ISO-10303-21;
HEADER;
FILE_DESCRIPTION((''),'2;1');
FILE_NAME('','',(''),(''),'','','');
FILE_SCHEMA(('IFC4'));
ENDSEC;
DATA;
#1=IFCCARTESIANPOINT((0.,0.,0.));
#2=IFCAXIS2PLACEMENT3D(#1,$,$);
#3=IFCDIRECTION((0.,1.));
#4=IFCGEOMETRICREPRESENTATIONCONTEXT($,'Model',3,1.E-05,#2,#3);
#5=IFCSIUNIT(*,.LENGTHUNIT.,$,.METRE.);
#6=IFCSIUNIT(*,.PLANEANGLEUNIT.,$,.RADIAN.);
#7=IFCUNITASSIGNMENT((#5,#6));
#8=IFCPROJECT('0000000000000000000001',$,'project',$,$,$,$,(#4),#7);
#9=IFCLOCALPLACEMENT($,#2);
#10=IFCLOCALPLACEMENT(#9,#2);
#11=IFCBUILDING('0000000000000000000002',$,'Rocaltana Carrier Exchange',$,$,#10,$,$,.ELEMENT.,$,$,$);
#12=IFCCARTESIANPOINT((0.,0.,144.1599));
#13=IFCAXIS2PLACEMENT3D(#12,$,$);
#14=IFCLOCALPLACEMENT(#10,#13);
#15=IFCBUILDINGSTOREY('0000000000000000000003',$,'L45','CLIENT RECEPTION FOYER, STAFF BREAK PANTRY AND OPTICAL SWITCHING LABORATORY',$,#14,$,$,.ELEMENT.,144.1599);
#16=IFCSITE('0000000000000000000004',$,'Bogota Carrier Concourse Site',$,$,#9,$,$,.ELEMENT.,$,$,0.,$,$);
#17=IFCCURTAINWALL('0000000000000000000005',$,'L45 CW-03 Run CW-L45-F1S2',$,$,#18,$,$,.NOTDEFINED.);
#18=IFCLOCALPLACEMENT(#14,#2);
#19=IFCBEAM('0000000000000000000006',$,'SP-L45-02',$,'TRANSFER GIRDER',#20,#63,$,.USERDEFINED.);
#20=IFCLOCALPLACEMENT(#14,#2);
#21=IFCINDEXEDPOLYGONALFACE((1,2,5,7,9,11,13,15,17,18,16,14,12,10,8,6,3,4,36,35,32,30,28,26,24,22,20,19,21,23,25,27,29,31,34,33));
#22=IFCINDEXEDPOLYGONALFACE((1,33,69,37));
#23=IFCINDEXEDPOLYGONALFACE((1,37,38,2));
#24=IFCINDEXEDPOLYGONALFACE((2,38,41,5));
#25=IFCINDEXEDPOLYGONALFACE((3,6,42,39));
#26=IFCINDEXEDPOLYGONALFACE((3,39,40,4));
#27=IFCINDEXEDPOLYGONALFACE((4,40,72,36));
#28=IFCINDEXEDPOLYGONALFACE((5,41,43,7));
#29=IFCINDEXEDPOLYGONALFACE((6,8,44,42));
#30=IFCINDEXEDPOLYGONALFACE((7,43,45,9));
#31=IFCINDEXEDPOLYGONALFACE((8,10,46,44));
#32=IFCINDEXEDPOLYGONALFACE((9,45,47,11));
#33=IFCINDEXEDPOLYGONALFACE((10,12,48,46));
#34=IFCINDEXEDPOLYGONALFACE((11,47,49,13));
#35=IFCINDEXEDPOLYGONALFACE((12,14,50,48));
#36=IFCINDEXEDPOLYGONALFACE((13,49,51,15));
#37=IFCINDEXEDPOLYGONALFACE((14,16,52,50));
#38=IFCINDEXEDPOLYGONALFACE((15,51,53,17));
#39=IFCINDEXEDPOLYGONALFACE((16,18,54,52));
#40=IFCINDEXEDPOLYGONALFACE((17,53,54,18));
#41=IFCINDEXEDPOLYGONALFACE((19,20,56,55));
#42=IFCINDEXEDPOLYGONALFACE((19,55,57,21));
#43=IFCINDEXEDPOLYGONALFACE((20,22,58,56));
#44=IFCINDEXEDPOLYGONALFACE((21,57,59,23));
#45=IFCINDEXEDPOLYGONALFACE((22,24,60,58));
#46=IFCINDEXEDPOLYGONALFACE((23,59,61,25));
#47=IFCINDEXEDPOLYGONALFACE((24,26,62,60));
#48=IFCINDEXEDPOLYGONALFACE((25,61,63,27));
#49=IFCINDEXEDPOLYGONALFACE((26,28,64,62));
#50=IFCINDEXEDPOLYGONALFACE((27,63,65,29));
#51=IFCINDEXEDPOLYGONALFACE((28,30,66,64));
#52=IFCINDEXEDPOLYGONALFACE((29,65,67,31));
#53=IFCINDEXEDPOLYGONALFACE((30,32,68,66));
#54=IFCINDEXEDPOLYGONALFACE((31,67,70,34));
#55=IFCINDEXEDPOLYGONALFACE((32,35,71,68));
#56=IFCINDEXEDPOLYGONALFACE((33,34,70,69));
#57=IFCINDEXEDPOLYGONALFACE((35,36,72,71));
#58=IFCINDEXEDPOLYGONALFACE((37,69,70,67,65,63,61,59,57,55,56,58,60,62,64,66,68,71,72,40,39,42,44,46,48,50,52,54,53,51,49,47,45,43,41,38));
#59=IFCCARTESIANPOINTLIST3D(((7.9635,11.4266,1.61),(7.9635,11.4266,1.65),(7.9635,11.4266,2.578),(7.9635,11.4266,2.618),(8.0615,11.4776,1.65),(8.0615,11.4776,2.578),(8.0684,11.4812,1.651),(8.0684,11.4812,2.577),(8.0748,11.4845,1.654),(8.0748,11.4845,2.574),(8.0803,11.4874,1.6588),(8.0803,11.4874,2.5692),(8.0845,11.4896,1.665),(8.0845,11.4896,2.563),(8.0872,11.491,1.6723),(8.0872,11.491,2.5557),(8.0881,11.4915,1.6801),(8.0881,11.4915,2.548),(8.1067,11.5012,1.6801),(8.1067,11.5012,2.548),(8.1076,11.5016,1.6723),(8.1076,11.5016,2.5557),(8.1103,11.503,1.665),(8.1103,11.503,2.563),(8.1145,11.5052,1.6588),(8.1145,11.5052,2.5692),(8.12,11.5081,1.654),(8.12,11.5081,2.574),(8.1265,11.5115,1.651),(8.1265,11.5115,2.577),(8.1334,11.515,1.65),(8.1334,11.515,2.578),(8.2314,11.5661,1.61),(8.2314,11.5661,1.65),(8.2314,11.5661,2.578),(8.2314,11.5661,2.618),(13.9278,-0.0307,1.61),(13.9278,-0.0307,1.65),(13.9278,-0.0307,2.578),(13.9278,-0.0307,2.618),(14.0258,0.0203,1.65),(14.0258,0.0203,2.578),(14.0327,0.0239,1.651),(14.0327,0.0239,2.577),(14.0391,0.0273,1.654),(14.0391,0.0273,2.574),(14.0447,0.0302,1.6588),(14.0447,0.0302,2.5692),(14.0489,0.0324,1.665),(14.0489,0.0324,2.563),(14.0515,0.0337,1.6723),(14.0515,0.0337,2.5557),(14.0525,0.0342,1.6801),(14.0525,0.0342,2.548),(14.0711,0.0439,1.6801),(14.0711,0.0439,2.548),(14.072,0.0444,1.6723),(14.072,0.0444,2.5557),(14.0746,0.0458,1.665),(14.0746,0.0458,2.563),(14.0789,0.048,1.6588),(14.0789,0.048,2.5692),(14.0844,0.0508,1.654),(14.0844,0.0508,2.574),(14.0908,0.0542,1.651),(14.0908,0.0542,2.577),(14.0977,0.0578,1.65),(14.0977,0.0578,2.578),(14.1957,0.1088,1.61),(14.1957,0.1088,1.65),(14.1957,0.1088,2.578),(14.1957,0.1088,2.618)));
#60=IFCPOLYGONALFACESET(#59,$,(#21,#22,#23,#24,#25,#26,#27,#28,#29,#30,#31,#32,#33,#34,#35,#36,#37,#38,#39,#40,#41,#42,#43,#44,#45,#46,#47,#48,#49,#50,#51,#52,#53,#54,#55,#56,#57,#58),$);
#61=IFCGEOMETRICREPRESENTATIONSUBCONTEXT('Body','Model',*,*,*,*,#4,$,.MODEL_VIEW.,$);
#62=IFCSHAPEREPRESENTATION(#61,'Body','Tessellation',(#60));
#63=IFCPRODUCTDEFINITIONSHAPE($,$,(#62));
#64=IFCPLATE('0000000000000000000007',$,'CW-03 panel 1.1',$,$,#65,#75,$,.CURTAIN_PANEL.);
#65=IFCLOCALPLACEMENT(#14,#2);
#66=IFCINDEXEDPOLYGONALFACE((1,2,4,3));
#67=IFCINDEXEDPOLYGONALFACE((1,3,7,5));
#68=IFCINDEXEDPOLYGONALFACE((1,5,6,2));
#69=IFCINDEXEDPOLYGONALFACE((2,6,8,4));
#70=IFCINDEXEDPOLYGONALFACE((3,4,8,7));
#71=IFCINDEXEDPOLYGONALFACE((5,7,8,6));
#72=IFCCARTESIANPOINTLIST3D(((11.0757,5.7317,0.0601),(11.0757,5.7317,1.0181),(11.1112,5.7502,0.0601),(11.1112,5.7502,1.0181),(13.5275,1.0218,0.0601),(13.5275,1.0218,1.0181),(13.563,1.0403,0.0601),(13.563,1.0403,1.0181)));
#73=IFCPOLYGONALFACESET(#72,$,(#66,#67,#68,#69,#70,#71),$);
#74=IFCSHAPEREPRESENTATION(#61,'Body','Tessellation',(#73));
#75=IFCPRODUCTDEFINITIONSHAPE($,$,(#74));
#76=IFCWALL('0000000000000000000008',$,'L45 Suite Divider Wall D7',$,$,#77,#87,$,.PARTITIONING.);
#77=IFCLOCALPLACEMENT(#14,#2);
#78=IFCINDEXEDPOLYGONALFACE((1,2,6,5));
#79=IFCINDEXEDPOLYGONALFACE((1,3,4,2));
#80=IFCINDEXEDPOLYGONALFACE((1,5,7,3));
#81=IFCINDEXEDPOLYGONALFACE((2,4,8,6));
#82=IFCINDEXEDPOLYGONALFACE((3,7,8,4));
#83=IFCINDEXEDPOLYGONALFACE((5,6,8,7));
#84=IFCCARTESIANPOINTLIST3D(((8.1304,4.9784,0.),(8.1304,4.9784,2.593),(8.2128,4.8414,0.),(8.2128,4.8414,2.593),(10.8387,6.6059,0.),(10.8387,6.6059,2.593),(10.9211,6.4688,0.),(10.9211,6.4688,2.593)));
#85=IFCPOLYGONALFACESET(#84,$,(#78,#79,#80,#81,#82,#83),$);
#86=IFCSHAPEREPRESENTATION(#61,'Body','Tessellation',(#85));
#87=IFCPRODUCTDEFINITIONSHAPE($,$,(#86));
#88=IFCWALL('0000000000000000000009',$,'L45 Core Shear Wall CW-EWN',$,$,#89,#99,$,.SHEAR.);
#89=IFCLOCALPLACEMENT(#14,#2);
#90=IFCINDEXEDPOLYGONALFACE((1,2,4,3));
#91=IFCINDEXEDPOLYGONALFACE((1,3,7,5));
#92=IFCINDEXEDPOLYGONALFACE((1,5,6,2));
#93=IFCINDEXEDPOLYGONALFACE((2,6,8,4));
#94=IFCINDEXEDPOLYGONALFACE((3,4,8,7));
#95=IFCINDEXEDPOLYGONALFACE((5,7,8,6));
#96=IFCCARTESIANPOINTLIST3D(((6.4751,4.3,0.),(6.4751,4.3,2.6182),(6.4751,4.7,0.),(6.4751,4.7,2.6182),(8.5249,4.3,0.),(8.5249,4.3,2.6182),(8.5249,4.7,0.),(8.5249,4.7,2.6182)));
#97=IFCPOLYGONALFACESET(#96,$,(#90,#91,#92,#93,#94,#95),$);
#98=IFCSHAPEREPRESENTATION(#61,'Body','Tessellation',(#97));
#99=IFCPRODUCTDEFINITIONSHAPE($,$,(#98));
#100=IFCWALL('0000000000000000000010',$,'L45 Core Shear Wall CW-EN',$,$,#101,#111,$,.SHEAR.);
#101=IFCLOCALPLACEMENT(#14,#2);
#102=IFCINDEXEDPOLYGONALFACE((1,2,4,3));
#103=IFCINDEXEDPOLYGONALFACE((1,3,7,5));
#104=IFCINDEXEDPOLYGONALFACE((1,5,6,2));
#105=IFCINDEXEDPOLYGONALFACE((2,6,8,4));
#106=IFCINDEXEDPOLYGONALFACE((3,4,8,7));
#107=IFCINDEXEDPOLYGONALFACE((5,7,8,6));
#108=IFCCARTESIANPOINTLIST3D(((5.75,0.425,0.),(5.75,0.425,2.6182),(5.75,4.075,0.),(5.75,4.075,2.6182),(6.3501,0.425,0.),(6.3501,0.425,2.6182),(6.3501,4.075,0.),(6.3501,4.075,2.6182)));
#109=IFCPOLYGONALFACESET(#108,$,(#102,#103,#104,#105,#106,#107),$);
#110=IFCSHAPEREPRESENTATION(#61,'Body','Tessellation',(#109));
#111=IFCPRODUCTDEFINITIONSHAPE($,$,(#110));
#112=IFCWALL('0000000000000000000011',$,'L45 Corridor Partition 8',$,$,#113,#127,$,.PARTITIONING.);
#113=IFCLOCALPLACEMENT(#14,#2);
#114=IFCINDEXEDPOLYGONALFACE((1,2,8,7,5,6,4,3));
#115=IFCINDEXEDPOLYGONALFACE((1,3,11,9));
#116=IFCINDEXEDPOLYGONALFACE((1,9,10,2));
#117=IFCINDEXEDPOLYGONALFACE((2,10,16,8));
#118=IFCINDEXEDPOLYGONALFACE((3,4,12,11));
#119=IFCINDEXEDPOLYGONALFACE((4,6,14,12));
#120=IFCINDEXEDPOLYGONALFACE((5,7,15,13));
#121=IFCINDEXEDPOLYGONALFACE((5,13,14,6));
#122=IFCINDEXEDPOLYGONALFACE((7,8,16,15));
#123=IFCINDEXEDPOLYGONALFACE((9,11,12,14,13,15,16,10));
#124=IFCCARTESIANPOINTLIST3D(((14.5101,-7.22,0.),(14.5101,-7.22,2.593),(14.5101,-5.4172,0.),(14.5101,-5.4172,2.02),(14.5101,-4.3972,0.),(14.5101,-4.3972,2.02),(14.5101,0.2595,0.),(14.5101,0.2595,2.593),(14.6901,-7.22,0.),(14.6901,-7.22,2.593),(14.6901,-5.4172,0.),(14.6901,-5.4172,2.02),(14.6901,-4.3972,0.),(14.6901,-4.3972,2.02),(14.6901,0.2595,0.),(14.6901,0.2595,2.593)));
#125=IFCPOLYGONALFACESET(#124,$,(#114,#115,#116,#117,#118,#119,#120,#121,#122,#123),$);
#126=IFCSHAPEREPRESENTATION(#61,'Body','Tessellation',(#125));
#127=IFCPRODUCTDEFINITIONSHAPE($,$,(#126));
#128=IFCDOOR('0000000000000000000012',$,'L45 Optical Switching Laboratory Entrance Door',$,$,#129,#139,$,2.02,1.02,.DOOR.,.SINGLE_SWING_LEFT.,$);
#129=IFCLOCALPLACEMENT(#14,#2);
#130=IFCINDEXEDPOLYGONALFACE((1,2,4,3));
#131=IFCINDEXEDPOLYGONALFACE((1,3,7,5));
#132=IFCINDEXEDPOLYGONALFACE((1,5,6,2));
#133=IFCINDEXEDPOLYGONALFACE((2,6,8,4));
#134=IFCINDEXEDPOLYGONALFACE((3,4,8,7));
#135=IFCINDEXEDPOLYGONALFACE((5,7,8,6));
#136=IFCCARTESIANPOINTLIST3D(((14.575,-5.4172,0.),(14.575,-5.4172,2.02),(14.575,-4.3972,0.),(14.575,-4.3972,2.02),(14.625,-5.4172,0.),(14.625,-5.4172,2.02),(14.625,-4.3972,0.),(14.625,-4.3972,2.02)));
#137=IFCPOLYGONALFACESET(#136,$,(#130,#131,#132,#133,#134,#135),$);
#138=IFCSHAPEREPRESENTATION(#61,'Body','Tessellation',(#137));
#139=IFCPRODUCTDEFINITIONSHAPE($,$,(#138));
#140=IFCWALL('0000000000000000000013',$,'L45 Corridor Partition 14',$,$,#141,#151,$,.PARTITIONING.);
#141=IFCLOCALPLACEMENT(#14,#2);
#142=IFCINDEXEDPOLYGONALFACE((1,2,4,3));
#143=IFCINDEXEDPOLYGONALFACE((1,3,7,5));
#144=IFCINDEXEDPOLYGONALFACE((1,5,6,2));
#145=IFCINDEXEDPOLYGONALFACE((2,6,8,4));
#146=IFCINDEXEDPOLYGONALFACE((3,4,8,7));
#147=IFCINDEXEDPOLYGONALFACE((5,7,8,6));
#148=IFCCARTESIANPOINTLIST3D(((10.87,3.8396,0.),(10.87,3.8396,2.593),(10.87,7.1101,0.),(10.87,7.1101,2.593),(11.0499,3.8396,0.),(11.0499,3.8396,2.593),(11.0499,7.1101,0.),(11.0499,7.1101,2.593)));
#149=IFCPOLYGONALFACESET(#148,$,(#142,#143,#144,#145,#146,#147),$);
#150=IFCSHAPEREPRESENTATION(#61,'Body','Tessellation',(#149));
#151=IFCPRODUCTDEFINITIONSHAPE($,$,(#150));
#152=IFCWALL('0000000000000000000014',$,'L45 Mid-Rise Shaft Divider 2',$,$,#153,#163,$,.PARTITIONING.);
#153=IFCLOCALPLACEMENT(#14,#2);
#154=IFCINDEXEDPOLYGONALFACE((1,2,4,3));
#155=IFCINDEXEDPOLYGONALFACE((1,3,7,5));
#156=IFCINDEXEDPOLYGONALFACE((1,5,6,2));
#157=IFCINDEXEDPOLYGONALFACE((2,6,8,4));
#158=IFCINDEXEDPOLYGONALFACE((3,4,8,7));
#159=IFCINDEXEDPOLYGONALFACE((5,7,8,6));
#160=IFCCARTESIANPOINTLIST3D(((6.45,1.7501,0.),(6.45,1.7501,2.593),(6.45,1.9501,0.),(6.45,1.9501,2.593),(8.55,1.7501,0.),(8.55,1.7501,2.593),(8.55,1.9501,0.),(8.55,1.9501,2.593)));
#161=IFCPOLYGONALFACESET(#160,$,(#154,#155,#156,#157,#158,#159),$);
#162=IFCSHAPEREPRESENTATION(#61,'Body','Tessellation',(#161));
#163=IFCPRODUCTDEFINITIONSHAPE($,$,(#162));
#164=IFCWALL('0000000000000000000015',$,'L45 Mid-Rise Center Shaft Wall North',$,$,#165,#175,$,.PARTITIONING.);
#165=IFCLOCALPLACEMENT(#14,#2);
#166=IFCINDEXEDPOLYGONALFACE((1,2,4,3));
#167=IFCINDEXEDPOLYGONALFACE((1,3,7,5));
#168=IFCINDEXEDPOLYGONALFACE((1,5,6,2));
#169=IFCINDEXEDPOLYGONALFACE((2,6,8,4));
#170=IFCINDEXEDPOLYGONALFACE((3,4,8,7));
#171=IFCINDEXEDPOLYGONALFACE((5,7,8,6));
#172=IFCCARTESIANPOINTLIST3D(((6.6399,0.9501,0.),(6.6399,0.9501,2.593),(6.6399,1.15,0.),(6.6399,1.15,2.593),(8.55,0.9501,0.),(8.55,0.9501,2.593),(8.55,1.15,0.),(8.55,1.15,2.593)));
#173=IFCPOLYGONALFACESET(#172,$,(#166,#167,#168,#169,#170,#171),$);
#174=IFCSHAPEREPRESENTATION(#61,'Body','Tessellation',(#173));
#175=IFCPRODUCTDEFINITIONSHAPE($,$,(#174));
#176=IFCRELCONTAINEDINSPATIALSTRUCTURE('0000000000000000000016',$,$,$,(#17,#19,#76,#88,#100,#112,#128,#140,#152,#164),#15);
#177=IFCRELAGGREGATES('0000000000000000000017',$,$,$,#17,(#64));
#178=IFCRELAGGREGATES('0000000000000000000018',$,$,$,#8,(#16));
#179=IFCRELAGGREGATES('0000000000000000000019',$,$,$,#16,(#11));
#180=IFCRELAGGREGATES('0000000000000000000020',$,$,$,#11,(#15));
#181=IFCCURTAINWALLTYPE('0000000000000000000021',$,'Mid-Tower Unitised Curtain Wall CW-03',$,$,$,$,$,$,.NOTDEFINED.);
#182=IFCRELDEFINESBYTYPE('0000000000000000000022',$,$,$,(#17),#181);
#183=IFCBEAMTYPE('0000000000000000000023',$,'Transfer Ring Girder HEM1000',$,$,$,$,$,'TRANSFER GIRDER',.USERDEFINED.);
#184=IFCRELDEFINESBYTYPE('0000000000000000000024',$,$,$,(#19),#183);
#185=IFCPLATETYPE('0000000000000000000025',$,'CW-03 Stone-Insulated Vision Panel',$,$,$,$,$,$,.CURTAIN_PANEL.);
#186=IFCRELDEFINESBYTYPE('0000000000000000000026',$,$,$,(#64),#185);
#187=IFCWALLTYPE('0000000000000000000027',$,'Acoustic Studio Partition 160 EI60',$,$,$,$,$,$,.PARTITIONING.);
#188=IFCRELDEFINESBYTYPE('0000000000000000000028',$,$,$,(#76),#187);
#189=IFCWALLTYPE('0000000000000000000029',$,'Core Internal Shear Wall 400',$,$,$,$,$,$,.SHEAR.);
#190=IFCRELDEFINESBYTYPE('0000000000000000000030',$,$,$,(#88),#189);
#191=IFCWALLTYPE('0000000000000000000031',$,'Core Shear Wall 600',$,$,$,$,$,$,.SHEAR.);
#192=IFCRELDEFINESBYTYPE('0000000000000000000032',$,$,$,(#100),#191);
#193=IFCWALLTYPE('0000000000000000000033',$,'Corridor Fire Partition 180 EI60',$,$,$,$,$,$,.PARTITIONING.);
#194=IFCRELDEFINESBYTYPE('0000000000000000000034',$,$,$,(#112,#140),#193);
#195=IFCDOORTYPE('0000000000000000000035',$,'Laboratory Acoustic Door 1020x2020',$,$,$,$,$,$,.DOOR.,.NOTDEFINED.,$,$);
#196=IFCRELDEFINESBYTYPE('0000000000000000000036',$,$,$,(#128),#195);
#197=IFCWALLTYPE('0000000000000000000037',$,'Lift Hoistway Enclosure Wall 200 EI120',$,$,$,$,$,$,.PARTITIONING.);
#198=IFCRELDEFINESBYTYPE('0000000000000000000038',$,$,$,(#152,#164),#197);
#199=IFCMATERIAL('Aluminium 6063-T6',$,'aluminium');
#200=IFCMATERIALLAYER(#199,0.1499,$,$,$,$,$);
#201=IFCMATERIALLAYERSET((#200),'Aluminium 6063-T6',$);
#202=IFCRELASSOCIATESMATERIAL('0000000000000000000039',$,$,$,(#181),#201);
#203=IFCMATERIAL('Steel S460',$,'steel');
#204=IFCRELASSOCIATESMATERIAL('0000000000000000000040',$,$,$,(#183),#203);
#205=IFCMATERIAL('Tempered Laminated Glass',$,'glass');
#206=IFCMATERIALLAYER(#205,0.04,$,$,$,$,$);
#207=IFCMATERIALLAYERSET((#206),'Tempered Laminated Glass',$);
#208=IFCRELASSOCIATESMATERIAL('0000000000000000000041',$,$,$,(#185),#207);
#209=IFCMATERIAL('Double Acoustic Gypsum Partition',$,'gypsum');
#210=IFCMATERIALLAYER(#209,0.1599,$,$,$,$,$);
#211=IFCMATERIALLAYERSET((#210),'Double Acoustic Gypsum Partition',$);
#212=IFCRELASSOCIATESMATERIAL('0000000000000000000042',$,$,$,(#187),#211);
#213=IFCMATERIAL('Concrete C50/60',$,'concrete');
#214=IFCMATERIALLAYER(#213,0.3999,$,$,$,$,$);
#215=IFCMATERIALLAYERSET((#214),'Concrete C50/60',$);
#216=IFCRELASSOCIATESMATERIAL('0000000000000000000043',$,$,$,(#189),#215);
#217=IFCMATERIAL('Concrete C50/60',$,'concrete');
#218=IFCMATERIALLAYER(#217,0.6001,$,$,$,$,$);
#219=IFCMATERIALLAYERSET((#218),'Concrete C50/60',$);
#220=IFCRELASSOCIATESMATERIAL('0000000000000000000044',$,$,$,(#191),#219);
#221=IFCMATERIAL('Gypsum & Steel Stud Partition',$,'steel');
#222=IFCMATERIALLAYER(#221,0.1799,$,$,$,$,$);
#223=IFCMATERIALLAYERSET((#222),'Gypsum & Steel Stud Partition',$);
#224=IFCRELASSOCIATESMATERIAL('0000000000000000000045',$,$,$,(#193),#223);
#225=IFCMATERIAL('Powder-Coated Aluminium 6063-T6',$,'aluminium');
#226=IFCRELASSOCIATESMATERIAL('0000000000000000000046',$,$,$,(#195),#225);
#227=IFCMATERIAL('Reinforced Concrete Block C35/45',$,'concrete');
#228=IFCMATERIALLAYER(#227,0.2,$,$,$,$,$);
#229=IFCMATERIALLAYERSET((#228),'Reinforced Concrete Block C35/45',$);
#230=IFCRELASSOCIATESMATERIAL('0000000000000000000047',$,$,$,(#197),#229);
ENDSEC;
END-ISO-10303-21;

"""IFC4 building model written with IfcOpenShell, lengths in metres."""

from ifc_helpers import new_model, si_unit, direction, frame, frame_2d, origin, origin_2d, place, context, subcontext, project, spatial, rectangle, i_section, extrude, material, layer, layer_set, material_profile, profile_set, type_object, element, fill, aggregate, save


model = new_model("IFC4")

# Units and contexts
model_context = context("Model", 3, precision=1e-05, world=origin(), true_north=direction((0.0, 1.0)))
body_context = subcontext(model_context, "Body", "Model", "MODEL_VIEW")
ifc_project = project(units=[si_unit("LENGTHUNIT", "METRE"), si_unit("PLANEANGLEUNIT", "RADIAN")], contexts=[model_context])

# Site, building, storey
site_placement = place(None, origin())
site = spatial("IfcSite", under=ifc_project, at=site_placement, Name="Bogota Carrier Concourse Site", CompositionType="ELEMENT", RefElevation=0.0)
building_placement = place(site_placement, origin())
building = spatial("IfcBuilding", under=site, at=building_placement, Name="Rocaltana Carrier Exchange", CompositionType="ELEMENT")
storey_placement = place(building_placement, frame((0.0, 0.0, 144.1599)))
storey = spatial("IfcBuildingStorey", under=building, at=storey_placement, Name="L45", Description="CLIENT RECEPTION FOYER, STAFF BREAK PANTRY AND OPTICAL SWITCHING LABORATORY", CompositionType="ELEMENT", Elevation=144.1599)

# Curtain wall
ifc_material_1 = material(Name="Aluminium 6063-T6", Category="aluminium")
ifc_layer_1 = layer(ifc_material_1, 0.1499)
ifc_layer_set_1 = layer_set([ifc_layer_1], Name="Aluminium 6063-T6")
curtain_wall_type = type_object("IfcCurtainWallType", Name="Mid-Tower Unitised Curtain Wall CW-03", PredefinedType="NOTDEFINED", material=ifc_layer_set_1)
curtain_wall_placement = place(storey_placement, origin())
curtain_wall = element("IfcCurtainWall", 1, at=curtain_wall_placement, inside=storey, type_object=curtain_wall_type, Name="L45 CW-03 Run CW-L45-F1S2", PredefinedType="NOTDEFINED")

# Beam
ifc_material_2 = material(Name="Steel S460", Category="steel")
ifc_material_profile_1 = material_profile(ifc_material_2, i_section(OverallWidth=0.302, OverallDepth=1.0081, WebThickness=0.021, FlangeThickness=0.04, FilletRadius=0.03, at=origin_2d()), Name="HEM1000")
ifc_profile_set_1 = profile_set([ifc_material_profile_1], Name="Steel S460")
beam_type_1 = type_object("IfcBeamType", Name="Transfer Ring Girder HEM1000", ElementType="TRANSFER GIRDER", PredefinedType="USERDEFINED", material=ifc_profile_set_1)
beam_1_placement = place(storey_placement, frame((14.0618, 0.0391, 2.114), z_axis=(-0.461753, 0.887008, 0.0), x_axis=(-0.887008, -0.461753, 0.0)))
element("IfcBeam", 2, at=beam_1_placement, inside=storey, type_object=beam_type_1, Name="SP-L45-02", ObjectType="TRANSFER GIRDER", PredefinedType="USERDEFINED", context=body_context, shape_type="SweptSolid", body=[
    extrude(i_section(OverallWidth=0.302, OverallDepth=1.0081, WebThickness=0.021, FlangeThickness=0.04, FilletRadius=0.03, at=origin_2d()), origin(), (0.0, 0.0, 1.0), 12.9167),
])

# Plate
ifc_material_3 = material(Name="Tempered Laminated Glass", Category="glass")
ifc_layer_2 = layer(ifc_material_3, 0.04)
ifc_layer_set_2 = layer_set([ifc_layer_2], Name="Tempered Laminated Glass")
plate_type = type_object("IfcPlateType", Name="CW-03 Stone-Insulated Vision Panel", PredefinedType="CURTAIN_PANEL", material=ifc_layer_set_2)
plate_placement = place(storey_placement, frame((12.3193, 3.386, 0.0601), z_axis=(0.0, 0.0, 1.0), x_axis=(-0.461747, 0.887012, 0.0)))
plate = element("IfcPlate", 3, at=plate_placement, type_object=plate_type, Name="CW-03 panel 1.1", PredefinedType="CURTAIN_PANEL", context=body_context, shape_type="SweptSolid", body=[
    extrude(rectangle(XDim=5.3098, YDim=0.04, at=origin_2d()), origin(), (0.0, 0.0, 1.0), 0.958),
])
aggregate(curtain_wall, [plate])

# Walls
ifc_material_4 = material(Name="Double Acoustic Gypsum Partition", Category="gypsum")
ifc_layer_3 = layer(ifc_material_4, 0.1599)
ifc_layer_set_3 = layer_set([ifc_layer_3], Name="Double Acoustic Gypsum Partition")
wall_type_1 = type_object("IfcWallType", Name="Acoustic Studio Partition 160 EI60", PredefinedType="PARTITIONING", material=ifc_layer_set_3)
wall_1_placement = place(storey_placement, frame((8.1716, 4.9099, 0.0), z_axis=(0.0, 0.0, 1.0), x_axis=(0.857145, 0.515075, 0.0)))
element("IfcWall", 4, at=wall_1_placement, inside=storey, type_object=wall_type_1, Name="L45 Suite Divider Wall D7", PredefinedType="PARTITIONING", context=body_context, shape_type="SweptSolid", body=[
    extrude(rectangle(XDim=3.1597, YDim=0.1599, at=frame_2d((1.5798, 0.0))), origin(), (0.0, 0.0, 1.0), 2.593),
])
ifc_material_5 = material(Name="Concrete C50/60", Category="concrete")
ifc_layer_4 = layer(ifc_material_5, 0.3999)
ifc_layer_set_4 = layer_set([ifc_layer_4], Name="Concrete C50/60")
wall_type_2 = type_object("IfcWallType", Name="Core Internal Shear Wall 400", PredefinedType="SHEAR", material=ifc_layer_set_4)
wall_2_placement = place(storey_placement, frame((6.4751, 4.5, 0.0), z_axis=(0.0, 0.0, 1.0), x_axis=(1.0, 0.0, 0.0)))
element("IfcWall", 5, at=wall_2_placement, inside=storey, type_object=wall_type_2, Name="L45 Core Shear Wall CW-EWN", PredefinedType="SHEAR", context=body_context, shape_type="SweptSolid", body=[
    extrude(rectangle(XDim=2.0498, YDim=0.3999, at=frame_2d((1.0249, 0.0))), origin(), (0.0, 0.0, 1.0), 2.6182),
])
ifc_material_6 = material(Name="Concrete C50/60", Category="concrete")
ifc_layer_5 = layer(ifc_material_6, 0.6001)
ifc_layer_set_5 = layer_set([ifc_layer_5], Name="Concrete C50/60")
wall_type_3 = type_object("IfcWallType", Name="Core Shear Wall 600", PredefinedType="SHEAR", material=ifc_layer_set_5)
wall_3_placement = place(storey_placement, frame((6.05, 0.425, 0.0), z_axis=(0.0, 0.0, 1.0), x_axis=(0.0, 1.0, 0.0)))
element("IfcWall", 6, at=wall_3_placement, inside=storey, type_object=wall_type_3, Name="L45 Core Shear Wall CW-EN", PredefinedType="SHEAR", context=body_context, shape_type="SweptSolid", body=[
    extrude(rectangle(XDim=3.6499, YDim=0.6001, at=frame_2d((1.825, 0.0))), origin(), (0.0, 0.0, 1.0), 2.6182),
])

# Wall, opening, door
ifc_material_7 = material(Name="Gypsum & Steel Stud Partition", Category="steel")
ifc_layer_6 = layer(ifc_material_7, 0.1799)
ifc_layer_set_6 = layer_set([ifc_layer_6], Name="Gypsum & Steel Stud Partition")
wall_type_4 = type_object("IfcWallType", Name="Corridor Fire Partition 180 EI60", PredefinedType="PARTITIONING", material=ifc_layer_set_6)
wall_4_placement = place(storey_placement, frame((14.6001, 0.2595, 0.0), z_axis=(0.0, 0.0, 1.0), x_axis=(0.0, -1.0, 0.0)))
wall_4 = element("IfcWall", 7, at=wall_4_placement, inside=storey, type_object=wall_type_4, Name="L45 Corridor Partition 8", PredefinedType="PARTITIONING", context=body_context, shape_type="SweptSolid", body=[
    extrude(rectangle(XDim=7.4795, YDim=0.1799, at=frame_2d((3.7397, 0.0))), origin(), (0.0, 0.0, 1.0), 2.593),
])
opening_placement = place(wall_4_placement, frame((4.6567, 0.0, 0.0)))
opening = element("IfcOpeningElement", 8, at=opening_placement, cuts=wall_4, PredefinedType="OPENING", context=body_context, shape_type="SweptSolid", body=[
    extrude(rectangle(XDim=1.02, YDim=2.02, at=frame_2d((0.51, 1.01))), frame((0.0, 0.0999, 0.0), z_axis=(0.0, -1.0, 0.0), x_axis=(1.0, 0.0, 0.0)), (0.0, 0.0, 1.0), 0.2),
])
ifc_material_8 = material(Name="Powder-Coated Aluminium 6063-T6", Category="aluminium")
door_type = type_object("IfcDoorType", Name="Laboratory Acoustic Door 1020x2020", OperationType="NOTDEFINED", PredefinedType="DOOR", material=ifc_material_8)
door_placement = place(opening_placement, origin())
door = element("IfcDoor", 9, at=door_placement, inside=storey, type_object=door_type, Name="L45 Optical Switching Laboratory Entrance Door", OperationType="SINGLE_SWING_LEFT", OverallHeight=2.02, OverallWidth=1.02, PredefinedType="DOOR", context=body_context, shape_type="SweptSolid", body=[
    extrude(rectangle(XDim=1.02, YDim=2.02, at=frame_2d((0.51, 1.01))), frame((0.0, 0.0249, 0.0), z_axis=(0.0, -1.0, 0.0), x_axis=(1.0, 0.0, 0.0)), (0.0, 0.0, 1.0), 0.05),
])
fill(opening, door)

# Walls
wall_5_placement = place(storey_placement, frame((10.96, 3.8396, 0.0), z_axis=(0.0, 0.0, 1.0), x_axis=(0.0, 1.0, 0.0)))
element("IfcWall", 10, at=wall_5_placement, inside=storey, type_object=wall_type_4, Name="L45 Corridor Partition 14", PredefinedType="PARTITIONING", context=body_context, shape_type="SweptSolid", body=[
    extrude(rectangle(XDim=3.2705, YDim=0.1799, at=frame_2d((1.6353, 0.0))), origin(), (0.0, 0.0, 1.0), 2.593),
])
ifc_material_9 = material(Name="Reinforced Concrete Block C35/45", Category="concrete")
ifc_layer_7 = layer(ifc_material_9, 0.2)
ifc_layer_set_7 = layer_set([ifc_layer_7], Name="Reinforced Concrete Block C35/45")
wall_type_5 = type_object("IfcWallType", Name="Lift Hoistway Enclosure Wall 200 EI120", PredefinedType="PARTITIONING", material=ifc_layer_set_7)
wall_6_placement = place(storey_placement, frame((6.45, 1.8501, 0.0), z_axis=(0.0, 0.0, 1.0), x_axis=(1.0, 0.0, 0.0)))
element("IfcWall", 11, at=wall_6_placement, inside=storey, type_object=wall_type_5, Name="L45 Mid-Rise Shaft Divider 2", PredefinedType="PARTITIONING", context=body_context, shape_type="SweptSolid", body=[
    extrude(rectangle(XDim=2.1001, YDim=0.2, at=frame_2d((1.05, 0.0))), origin(), (0.0, 0.0, 1.0), 2.593),
])
wall_7_placement = place(storey_placement, frame((6.6399, 1.05, 0.0), z_axis=(0.0, 0.0, 1.0), x_axis=(1.0, 0.0, 0.0)))
element("IfcWall", 12, at=wall_7_placement, inside=storey, type_object=wall_type_5, Name="L45 Mid-Rise Center Shaft Wall North", PredefinedType="PARTITIONING", context=body_context, shape_type="SweptSolid", body=[
    extrude(rectangle(XDim=1.9102, YDim=0.2, at=frame_2d((0.9551, 0.0))), origin(), (0.0, 0.0, 1.0), 2.593),
])

save(model, "model.ifc")
